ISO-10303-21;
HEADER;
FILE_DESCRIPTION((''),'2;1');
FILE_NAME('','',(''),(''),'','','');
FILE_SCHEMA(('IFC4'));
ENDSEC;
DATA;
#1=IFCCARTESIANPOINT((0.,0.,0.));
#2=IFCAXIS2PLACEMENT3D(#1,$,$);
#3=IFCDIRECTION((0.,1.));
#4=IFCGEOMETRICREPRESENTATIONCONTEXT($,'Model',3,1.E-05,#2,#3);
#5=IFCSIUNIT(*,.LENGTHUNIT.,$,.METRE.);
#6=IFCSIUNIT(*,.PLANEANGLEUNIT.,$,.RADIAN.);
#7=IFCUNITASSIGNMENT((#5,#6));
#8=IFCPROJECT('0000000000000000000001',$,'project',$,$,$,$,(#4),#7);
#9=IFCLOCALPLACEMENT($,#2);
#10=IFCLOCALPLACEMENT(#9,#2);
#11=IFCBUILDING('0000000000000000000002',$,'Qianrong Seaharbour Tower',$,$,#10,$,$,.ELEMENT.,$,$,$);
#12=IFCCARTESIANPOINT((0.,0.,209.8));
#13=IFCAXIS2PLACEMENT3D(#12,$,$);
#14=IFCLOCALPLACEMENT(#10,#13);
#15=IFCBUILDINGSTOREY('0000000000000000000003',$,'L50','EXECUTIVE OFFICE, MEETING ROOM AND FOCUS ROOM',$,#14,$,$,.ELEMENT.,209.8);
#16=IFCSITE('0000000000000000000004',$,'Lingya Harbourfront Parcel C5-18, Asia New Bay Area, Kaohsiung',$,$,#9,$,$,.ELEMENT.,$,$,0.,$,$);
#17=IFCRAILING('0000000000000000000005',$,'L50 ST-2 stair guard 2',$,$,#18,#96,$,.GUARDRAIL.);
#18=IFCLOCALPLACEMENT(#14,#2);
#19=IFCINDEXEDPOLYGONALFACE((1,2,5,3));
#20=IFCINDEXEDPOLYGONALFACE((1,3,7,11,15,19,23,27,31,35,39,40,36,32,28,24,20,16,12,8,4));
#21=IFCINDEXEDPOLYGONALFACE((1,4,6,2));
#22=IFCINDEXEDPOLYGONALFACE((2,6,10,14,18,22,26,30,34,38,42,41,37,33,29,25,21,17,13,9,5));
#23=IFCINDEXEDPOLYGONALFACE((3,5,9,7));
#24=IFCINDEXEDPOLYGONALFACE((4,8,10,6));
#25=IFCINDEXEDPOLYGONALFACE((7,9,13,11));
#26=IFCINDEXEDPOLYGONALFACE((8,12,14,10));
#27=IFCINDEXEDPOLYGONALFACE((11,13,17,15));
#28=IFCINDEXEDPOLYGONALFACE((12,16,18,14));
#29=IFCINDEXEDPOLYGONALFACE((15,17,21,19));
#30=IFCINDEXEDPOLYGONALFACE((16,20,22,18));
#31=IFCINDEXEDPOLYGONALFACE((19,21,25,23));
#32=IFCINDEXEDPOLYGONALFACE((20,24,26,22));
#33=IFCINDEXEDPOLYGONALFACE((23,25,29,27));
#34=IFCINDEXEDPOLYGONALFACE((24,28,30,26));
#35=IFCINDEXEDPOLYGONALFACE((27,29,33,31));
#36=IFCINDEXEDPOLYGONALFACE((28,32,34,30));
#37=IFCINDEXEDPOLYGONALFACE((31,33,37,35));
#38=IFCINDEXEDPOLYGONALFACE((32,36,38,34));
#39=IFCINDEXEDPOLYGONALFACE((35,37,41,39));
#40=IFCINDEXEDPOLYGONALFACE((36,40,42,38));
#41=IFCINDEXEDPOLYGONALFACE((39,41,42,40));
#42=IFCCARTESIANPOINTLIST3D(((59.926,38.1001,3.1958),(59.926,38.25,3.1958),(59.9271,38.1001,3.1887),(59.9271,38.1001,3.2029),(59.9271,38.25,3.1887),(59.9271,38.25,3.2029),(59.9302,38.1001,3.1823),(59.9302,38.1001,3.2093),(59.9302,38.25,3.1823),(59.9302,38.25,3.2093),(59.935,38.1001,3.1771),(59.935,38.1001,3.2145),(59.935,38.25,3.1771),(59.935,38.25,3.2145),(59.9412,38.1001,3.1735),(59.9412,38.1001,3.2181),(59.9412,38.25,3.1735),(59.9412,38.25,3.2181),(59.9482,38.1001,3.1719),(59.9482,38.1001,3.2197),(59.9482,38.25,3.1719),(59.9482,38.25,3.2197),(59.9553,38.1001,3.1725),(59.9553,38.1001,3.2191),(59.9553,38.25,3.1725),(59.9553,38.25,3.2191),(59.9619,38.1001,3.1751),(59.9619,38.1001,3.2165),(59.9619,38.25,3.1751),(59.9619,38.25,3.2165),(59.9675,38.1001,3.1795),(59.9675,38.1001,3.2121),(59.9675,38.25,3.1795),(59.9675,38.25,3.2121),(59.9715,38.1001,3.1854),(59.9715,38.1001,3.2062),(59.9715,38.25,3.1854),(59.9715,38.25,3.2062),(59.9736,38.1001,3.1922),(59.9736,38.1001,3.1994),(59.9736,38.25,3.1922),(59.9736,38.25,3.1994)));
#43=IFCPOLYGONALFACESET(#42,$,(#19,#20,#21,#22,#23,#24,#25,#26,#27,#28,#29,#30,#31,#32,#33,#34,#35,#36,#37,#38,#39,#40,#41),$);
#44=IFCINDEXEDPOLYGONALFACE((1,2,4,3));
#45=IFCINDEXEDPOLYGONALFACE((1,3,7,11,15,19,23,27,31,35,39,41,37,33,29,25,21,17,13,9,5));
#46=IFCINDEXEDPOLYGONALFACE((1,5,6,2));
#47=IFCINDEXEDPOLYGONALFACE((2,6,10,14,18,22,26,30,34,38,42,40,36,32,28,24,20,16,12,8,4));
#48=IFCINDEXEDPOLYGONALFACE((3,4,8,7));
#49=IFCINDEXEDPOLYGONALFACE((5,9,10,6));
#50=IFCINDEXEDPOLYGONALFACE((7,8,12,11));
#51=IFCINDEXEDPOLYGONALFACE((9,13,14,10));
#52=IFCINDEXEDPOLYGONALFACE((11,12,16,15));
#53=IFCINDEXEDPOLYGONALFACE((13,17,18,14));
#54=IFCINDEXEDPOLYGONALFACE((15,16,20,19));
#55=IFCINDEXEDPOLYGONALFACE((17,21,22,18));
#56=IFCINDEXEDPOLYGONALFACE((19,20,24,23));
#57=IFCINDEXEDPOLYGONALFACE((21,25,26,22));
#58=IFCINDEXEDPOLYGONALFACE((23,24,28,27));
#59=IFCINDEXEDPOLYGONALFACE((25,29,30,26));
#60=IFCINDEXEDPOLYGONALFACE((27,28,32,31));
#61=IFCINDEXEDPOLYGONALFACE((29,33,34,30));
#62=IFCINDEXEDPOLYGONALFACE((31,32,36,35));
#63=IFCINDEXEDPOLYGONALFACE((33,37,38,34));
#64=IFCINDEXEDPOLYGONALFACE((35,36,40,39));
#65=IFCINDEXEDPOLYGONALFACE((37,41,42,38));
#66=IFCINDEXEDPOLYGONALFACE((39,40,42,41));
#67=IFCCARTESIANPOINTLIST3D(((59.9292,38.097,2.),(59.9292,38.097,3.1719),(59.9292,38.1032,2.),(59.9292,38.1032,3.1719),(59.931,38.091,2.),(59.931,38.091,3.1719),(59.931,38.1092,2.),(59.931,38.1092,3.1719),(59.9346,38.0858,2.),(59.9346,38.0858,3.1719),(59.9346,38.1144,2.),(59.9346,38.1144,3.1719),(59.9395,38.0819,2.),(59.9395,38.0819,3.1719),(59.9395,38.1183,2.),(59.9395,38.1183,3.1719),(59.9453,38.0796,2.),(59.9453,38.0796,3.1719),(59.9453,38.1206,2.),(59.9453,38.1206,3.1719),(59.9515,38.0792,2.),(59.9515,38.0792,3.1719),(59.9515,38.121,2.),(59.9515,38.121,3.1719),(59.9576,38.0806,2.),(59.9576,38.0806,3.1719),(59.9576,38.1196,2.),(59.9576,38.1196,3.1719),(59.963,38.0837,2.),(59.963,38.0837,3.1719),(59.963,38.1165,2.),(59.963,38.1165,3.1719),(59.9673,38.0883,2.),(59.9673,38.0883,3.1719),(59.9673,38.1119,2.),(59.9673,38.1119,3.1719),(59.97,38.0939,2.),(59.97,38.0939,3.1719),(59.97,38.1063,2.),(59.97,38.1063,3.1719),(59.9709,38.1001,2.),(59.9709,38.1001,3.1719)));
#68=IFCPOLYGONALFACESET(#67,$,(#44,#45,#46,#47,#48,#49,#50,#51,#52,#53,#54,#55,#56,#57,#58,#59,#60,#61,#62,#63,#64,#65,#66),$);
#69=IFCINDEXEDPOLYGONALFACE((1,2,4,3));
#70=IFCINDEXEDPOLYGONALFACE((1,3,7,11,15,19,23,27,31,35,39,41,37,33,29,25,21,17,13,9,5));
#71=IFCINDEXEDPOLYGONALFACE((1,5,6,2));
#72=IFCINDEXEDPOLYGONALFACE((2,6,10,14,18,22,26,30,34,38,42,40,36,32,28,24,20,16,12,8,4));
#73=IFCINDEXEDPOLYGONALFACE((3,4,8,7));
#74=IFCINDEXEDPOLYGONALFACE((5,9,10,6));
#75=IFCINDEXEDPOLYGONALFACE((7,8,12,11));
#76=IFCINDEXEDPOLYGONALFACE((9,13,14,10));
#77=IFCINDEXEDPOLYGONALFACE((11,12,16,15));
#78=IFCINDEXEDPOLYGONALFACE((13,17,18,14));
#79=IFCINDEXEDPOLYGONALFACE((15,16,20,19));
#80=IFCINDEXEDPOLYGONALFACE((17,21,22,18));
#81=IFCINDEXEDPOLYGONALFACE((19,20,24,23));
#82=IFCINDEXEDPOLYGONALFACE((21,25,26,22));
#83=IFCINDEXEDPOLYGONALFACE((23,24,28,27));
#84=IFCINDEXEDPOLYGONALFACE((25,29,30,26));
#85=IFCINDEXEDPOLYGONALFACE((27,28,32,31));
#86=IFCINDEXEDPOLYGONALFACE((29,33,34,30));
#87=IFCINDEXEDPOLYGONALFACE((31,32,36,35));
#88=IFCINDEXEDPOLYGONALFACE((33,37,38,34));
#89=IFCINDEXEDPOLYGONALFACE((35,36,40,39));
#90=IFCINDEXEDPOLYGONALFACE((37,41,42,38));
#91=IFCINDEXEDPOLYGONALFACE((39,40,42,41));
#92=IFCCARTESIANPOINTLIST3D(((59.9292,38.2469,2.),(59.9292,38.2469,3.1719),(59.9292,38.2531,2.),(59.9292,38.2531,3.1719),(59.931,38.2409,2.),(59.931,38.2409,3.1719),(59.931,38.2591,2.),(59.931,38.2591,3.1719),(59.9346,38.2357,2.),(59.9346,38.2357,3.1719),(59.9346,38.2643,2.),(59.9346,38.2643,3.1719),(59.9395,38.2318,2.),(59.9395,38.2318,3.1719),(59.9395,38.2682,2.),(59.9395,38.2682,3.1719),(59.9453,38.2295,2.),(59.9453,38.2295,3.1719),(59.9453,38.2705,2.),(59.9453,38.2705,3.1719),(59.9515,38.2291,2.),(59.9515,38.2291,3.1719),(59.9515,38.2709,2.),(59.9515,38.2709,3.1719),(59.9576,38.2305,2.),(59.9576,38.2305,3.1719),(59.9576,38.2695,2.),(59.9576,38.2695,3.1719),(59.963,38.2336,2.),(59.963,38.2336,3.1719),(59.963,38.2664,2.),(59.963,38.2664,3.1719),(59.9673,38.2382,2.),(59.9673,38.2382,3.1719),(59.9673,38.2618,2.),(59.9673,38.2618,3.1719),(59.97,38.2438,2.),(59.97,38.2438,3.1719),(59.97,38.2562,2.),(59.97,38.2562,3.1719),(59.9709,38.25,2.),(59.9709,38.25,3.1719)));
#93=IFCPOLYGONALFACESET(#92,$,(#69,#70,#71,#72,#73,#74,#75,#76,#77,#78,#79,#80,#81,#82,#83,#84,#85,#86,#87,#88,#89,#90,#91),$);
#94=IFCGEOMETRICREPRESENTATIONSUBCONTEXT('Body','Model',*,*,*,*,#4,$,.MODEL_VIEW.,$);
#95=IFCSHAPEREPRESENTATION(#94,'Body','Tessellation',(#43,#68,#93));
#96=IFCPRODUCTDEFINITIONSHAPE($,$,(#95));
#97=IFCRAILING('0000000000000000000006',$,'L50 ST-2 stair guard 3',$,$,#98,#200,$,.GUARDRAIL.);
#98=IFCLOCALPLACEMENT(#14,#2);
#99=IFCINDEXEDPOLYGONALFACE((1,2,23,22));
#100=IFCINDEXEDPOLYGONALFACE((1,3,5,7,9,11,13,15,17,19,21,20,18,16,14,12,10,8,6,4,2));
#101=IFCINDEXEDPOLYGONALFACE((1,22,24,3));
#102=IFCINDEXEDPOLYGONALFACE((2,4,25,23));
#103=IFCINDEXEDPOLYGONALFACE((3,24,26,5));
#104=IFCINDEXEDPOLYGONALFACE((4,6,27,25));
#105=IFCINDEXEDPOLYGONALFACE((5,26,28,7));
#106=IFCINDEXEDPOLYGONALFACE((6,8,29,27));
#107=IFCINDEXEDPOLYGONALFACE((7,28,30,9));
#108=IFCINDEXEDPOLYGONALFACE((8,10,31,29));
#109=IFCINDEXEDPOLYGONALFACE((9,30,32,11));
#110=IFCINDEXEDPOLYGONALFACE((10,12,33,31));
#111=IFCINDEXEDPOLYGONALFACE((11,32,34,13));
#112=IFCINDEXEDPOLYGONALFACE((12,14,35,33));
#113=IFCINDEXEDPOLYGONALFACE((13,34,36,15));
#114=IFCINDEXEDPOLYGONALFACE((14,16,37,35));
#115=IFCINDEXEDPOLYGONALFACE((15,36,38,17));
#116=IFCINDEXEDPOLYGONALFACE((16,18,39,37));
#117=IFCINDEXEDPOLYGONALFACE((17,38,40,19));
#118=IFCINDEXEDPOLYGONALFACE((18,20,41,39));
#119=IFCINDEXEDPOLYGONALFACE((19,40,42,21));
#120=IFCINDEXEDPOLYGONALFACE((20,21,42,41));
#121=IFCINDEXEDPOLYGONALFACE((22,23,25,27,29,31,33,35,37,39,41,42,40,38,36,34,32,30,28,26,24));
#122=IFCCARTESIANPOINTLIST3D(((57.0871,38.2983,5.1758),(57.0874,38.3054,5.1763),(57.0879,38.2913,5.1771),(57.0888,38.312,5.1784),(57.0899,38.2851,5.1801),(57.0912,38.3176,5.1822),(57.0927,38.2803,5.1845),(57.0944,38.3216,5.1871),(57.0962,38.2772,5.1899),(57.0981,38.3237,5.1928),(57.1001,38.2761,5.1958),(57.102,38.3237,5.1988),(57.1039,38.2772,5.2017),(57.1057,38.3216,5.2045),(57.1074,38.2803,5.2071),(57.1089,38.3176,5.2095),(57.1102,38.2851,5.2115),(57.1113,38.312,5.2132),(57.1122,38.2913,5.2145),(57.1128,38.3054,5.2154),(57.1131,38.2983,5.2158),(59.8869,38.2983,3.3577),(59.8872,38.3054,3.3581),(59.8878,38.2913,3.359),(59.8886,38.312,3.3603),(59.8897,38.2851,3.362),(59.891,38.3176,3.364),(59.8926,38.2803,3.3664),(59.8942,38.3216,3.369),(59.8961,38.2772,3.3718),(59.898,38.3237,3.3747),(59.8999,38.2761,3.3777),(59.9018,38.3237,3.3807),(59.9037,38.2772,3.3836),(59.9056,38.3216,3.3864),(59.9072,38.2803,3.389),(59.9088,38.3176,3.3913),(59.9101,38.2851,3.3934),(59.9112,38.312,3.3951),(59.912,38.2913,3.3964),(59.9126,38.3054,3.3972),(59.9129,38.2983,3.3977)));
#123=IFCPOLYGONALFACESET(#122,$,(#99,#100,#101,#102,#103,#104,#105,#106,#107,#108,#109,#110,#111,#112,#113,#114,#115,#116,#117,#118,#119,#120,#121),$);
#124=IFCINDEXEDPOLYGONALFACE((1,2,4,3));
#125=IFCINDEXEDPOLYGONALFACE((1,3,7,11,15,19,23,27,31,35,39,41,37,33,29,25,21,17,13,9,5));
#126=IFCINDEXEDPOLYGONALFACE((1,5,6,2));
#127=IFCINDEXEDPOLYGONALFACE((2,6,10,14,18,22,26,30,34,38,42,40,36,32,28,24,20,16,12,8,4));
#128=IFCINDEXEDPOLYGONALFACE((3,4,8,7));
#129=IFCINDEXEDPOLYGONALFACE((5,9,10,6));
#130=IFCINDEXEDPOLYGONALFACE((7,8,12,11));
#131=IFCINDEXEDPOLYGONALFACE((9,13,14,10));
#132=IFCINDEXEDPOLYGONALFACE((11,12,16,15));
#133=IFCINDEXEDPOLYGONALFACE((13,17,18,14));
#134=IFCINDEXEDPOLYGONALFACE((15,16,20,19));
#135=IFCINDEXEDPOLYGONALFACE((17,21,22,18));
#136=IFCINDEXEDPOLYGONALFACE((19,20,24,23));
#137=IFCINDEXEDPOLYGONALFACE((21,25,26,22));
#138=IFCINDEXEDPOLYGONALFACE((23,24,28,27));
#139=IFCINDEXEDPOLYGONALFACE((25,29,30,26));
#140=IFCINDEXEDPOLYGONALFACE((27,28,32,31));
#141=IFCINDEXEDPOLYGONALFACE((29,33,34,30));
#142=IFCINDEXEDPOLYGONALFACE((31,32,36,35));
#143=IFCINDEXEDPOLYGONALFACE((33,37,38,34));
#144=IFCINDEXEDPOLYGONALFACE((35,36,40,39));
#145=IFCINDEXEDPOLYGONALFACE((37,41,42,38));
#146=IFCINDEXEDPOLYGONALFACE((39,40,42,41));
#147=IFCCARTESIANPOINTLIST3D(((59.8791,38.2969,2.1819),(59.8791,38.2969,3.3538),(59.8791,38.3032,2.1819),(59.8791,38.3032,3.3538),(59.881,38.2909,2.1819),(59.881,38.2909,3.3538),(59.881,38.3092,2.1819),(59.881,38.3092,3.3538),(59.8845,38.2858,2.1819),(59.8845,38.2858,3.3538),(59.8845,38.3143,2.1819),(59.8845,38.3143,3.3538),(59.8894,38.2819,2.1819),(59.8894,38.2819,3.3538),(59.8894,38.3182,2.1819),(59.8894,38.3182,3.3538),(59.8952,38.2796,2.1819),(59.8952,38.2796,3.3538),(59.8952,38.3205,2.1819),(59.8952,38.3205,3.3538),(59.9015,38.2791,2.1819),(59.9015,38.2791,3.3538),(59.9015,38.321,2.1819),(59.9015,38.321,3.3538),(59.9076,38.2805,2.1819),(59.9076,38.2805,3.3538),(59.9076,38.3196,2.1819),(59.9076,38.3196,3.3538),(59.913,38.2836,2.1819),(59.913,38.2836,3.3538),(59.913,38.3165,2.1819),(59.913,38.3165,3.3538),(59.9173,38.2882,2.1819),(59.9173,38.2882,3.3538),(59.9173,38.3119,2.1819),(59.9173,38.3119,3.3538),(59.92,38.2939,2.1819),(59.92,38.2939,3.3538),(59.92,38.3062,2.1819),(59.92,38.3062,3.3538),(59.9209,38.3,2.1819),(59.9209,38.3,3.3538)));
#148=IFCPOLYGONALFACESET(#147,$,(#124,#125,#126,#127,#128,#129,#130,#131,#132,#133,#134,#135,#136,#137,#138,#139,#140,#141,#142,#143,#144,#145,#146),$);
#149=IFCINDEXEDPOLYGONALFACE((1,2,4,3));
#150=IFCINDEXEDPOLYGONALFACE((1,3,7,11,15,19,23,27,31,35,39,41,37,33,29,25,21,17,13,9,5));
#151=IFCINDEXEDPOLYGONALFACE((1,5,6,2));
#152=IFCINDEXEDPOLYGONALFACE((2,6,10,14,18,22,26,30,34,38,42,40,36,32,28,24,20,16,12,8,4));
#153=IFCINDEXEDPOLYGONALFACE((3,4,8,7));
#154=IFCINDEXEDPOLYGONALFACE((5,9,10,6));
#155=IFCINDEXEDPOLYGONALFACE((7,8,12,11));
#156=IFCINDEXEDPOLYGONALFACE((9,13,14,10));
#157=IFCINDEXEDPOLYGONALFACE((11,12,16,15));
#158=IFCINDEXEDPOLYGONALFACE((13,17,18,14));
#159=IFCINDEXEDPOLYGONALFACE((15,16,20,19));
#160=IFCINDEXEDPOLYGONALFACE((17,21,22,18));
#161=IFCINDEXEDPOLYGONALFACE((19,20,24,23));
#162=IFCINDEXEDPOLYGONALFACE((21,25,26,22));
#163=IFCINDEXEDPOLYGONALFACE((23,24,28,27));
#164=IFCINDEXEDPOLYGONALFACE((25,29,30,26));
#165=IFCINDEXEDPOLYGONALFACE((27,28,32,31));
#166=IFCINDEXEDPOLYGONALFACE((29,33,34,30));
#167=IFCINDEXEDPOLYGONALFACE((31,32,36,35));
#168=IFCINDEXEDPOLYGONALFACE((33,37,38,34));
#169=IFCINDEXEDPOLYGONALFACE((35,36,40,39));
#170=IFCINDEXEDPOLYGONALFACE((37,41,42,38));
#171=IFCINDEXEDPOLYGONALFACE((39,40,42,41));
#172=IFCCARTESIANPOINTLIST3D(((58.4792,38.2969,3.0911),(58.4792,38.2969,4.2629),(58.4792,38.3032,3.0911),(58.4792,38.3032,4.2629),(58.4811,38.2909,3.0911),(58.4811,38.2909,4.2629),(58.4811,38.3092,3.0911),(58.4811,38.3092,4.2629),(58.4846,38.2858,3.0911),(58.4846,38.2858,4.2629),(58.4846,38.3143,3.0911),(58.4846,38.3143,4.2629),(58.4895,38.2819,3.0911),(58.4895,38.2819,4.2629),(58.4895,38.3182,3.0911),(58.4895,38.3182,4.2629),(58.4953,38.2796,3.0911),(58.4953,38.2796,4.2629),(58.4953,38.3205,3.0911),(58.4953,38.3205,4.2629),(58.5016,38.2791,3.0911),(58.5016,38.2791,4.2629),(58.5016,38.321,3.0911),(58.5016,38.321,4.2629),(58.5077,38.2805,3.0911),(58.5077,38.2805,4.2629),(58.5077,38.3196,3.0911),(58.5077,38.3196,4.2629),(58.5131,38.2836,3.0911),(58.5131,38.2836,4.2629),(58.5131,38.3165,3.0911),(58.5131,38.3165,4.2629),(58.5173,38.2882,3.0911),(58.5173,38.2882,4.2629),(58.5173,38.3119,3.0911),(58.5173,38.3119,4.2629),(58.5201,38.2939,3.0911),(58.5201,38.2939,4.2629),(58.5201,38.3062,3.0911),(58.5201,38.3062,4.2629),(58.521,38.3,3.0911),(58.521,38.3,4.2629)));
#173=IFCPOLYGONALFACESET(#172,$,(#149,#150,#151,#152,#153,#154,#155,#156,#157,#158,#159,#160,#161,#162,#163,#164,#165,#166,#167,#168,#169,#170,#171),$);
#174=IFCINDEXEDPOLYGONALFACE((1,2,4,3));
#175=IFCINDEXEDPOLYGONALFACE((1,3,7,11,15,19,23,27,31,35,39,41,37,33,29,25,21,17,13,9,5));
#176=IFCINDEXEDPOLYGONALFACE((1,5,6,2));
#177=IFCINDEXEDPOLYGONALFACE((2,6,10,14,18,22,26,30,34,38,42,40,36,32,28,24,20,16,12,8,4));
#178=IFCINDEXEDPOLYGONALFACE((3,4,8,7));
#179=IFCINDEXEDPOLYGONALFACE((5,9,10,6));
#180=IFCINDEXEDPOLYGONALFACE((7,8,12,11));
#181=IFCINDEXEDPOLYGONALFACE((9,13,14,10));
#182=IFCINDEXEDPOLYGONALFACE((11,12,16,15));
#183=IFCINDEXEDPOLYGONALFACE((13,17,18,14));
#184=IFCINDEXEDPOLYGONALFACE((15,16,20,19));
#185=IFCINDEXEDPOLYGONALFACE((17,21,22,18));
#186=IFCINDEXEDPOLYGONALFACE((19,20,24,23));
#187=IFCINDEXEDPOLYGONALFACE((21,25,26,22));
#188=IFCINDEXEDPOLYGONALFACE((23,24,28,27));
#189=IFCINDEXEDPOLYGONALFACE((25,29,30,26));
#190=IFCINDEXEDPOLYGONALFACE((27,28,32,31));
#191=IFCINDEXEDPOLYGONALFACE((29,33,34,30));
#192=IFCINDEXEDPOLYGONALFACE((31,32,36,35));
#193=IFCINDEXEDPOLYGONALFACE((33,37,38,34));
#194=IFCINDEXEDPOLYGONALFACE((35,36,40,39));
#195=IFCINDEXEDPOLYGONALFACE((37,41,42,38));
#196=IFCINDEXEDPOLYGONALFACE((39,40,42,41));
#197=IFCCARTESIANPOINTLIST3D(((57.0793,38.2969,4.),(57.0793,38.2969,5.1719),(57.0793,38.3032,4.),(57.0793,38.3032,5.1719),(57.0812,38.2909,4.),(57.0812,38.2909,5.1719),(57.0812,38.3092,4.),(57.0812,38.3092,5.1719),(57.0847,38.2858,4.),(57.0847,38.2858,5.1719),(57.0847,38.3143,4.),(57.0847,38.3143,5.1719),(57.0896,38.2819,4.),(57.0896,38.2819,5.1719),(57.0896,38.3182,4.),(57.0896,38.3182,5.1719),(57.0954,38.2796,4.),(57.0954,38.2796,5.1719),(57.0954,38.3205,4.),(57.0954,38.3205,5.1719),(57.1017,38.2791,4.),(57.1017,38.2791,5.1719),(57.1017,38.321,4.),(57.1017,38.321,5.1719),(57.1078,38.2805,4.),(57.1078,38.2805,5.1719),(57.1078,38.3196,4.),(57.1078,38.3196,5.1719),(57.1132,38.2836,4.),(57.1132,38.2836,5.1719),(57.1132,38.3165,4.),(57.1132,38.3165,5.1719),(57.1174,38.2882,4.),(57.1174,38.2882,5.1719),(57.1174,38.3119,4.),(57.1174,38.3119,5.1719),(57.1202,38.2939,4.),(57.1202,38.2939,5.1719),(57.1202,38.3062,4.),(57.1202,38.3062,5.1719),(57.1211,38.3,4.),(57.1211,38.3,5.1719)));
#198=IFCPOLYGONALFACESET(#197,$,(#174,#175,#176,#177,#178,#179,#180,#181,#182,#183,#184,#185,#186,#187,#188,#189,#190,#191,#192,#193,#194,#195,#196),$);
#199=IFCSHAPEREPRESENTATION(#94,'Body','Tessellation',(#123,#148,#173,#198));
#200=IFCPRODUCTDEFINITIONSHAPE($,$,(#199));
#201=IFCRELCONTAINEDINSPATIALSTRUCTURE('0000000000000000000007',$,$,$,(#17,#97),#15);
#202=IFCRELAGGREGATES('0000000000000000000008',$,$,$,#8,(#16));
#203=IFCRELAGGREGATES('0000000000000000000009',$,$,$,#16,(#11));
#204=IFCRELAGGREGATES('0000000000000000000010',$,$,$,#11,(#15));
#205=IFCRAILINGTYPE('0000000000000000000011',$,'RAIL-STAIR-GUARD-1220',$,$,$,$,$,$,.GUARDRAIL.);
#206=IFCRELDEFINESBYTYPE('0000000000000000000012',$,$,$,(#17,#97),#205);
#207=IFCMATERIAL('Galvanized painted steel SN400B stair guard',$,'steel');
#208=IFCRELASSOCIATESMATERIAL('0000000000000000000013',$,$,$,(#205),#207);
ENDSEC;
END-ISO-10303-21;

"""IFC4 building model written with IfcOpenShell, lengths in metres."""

from ifc_helpers import new_model, si_unit, direction, frame, origin, origin_2d, place, context, subcontext, project, spatial, circle, extrude, material, type_object, element, save


model = new_model("IFC4")

# Units and contexts
model_context = context("Model", 3, precision=1e-05, world=origin(), true_north=direction((0.0, 1.0)))
body_context = subcontext(model_context, "Body", "Model", "MODEL_VIEW")
ifc_project = project(units=[si_unit("LENGTHUNIT", "METRE"), si_unit("PLANEANGLEUNIT", "RADIAN")], contexts=[model_context])

# Site, building, storey
site_placement = place(None, origin())
site = spatial("IfcSite", under=ifc_project, at=site_placement, Name="Lingya Harbourfront Parcel C5-18, Asia New Bay Area, Kaohsiung", CompositionType="ELEMENT", RefElevation=0.0)
building_placement = place(site_placement, origin())
building = spatial("IfcBuilding", under=site, at=building_placement, Name="Qianrong Seaharbour Tower", CompositionType="ELEMENT")
storey_placement = place(building_placement, frame((0.0, 0.0, 209.8)))
storey = spatial("IfcBuildingStorey", under=building, at=storey_placement, Name="L50", Description="EXECUTIVE OFFICE, MEETING ROOM AND FOCUS ROOM", CompositionType="ELEMENT", Elevation=209.8)

# Railings
ifc_material_1 = material(Name="Galvanized painted steel SN400B stair guard", Category="steel")
railing_type_1 = type_object("IfcRailingType", Name="RAIL-STAIR-GUARD-1220", PredefinedType="GUARDRAIL", material=ifc_material_1)
railing_1_placement = place(storey_placement, frame((59.95, 38.1001, 2.0)))
element("IfcRailing", 1, at=railing_1_placement, inside=storey, type_object=railing_type_1, Name="L50 ST-2 stair guard 2", PredefinedType="GUARDRAIL", context=body_context, shape_type="SweptSolid", body=[
    extrude(circle(Radius=0.0239, at=origin_2d()), frame((0.0, 0.0, 1.1958), z_axis=(0.0, 1.0, 0.0), x_axis=(-1.0, 0.0, 0.0)), (0.0, 0.0, 1.0), 0.1499),
    extrude(circle(Radius=0.021, at=origin_2d()), origin(), (0.0, 0.0, 1.0), 1.1719),
    extrude(circle(Radius=0.021, at=origin_2d()), frame((0.0, 0.1499, 0.0)), (0.0, 0.0, 1.0), 1.1719),
])
railing_2_placement = place(storey_placement, frame((59.8999, 38.3, 2.1819)))
element("IfcRailing", 2, at=railing_2_placement, inside=storey, type_object=railing_type_1, Name="L50 ST-2 stair guard 3", PredefinedType="GUARDRAIL", context=body_context, shape_type="SweptSolid", body=[
    extrude(circle(Radius=0.0239, at=origin_2d()), frame((0.0, 0.0, 1.1958), z_axis=(-0.838684, 0.0, 0.544618), x_axis=(0.0, -1.0, 0.0)), (0.0, 0.0, 1.0), 3.3384),
    extrude(circle(Radius=0.021, at=origin_2d()), origin(), (0.0, 0.0, 1.0), 1.1719),
    extrude(circle(Radius=0.021, at=origin_2d()), frame((-1.3999, 0.0, 0.9092)), (0.0, 0.0, 1.0), 1.1719),
    extrude(circle(Radius=0.021, at=origin_2d()), frame((-2.7998, 0.0, 1.8181)), (0.0, 0.0, 1.0), 1.1719),
])

save(model, "model.ifc")
